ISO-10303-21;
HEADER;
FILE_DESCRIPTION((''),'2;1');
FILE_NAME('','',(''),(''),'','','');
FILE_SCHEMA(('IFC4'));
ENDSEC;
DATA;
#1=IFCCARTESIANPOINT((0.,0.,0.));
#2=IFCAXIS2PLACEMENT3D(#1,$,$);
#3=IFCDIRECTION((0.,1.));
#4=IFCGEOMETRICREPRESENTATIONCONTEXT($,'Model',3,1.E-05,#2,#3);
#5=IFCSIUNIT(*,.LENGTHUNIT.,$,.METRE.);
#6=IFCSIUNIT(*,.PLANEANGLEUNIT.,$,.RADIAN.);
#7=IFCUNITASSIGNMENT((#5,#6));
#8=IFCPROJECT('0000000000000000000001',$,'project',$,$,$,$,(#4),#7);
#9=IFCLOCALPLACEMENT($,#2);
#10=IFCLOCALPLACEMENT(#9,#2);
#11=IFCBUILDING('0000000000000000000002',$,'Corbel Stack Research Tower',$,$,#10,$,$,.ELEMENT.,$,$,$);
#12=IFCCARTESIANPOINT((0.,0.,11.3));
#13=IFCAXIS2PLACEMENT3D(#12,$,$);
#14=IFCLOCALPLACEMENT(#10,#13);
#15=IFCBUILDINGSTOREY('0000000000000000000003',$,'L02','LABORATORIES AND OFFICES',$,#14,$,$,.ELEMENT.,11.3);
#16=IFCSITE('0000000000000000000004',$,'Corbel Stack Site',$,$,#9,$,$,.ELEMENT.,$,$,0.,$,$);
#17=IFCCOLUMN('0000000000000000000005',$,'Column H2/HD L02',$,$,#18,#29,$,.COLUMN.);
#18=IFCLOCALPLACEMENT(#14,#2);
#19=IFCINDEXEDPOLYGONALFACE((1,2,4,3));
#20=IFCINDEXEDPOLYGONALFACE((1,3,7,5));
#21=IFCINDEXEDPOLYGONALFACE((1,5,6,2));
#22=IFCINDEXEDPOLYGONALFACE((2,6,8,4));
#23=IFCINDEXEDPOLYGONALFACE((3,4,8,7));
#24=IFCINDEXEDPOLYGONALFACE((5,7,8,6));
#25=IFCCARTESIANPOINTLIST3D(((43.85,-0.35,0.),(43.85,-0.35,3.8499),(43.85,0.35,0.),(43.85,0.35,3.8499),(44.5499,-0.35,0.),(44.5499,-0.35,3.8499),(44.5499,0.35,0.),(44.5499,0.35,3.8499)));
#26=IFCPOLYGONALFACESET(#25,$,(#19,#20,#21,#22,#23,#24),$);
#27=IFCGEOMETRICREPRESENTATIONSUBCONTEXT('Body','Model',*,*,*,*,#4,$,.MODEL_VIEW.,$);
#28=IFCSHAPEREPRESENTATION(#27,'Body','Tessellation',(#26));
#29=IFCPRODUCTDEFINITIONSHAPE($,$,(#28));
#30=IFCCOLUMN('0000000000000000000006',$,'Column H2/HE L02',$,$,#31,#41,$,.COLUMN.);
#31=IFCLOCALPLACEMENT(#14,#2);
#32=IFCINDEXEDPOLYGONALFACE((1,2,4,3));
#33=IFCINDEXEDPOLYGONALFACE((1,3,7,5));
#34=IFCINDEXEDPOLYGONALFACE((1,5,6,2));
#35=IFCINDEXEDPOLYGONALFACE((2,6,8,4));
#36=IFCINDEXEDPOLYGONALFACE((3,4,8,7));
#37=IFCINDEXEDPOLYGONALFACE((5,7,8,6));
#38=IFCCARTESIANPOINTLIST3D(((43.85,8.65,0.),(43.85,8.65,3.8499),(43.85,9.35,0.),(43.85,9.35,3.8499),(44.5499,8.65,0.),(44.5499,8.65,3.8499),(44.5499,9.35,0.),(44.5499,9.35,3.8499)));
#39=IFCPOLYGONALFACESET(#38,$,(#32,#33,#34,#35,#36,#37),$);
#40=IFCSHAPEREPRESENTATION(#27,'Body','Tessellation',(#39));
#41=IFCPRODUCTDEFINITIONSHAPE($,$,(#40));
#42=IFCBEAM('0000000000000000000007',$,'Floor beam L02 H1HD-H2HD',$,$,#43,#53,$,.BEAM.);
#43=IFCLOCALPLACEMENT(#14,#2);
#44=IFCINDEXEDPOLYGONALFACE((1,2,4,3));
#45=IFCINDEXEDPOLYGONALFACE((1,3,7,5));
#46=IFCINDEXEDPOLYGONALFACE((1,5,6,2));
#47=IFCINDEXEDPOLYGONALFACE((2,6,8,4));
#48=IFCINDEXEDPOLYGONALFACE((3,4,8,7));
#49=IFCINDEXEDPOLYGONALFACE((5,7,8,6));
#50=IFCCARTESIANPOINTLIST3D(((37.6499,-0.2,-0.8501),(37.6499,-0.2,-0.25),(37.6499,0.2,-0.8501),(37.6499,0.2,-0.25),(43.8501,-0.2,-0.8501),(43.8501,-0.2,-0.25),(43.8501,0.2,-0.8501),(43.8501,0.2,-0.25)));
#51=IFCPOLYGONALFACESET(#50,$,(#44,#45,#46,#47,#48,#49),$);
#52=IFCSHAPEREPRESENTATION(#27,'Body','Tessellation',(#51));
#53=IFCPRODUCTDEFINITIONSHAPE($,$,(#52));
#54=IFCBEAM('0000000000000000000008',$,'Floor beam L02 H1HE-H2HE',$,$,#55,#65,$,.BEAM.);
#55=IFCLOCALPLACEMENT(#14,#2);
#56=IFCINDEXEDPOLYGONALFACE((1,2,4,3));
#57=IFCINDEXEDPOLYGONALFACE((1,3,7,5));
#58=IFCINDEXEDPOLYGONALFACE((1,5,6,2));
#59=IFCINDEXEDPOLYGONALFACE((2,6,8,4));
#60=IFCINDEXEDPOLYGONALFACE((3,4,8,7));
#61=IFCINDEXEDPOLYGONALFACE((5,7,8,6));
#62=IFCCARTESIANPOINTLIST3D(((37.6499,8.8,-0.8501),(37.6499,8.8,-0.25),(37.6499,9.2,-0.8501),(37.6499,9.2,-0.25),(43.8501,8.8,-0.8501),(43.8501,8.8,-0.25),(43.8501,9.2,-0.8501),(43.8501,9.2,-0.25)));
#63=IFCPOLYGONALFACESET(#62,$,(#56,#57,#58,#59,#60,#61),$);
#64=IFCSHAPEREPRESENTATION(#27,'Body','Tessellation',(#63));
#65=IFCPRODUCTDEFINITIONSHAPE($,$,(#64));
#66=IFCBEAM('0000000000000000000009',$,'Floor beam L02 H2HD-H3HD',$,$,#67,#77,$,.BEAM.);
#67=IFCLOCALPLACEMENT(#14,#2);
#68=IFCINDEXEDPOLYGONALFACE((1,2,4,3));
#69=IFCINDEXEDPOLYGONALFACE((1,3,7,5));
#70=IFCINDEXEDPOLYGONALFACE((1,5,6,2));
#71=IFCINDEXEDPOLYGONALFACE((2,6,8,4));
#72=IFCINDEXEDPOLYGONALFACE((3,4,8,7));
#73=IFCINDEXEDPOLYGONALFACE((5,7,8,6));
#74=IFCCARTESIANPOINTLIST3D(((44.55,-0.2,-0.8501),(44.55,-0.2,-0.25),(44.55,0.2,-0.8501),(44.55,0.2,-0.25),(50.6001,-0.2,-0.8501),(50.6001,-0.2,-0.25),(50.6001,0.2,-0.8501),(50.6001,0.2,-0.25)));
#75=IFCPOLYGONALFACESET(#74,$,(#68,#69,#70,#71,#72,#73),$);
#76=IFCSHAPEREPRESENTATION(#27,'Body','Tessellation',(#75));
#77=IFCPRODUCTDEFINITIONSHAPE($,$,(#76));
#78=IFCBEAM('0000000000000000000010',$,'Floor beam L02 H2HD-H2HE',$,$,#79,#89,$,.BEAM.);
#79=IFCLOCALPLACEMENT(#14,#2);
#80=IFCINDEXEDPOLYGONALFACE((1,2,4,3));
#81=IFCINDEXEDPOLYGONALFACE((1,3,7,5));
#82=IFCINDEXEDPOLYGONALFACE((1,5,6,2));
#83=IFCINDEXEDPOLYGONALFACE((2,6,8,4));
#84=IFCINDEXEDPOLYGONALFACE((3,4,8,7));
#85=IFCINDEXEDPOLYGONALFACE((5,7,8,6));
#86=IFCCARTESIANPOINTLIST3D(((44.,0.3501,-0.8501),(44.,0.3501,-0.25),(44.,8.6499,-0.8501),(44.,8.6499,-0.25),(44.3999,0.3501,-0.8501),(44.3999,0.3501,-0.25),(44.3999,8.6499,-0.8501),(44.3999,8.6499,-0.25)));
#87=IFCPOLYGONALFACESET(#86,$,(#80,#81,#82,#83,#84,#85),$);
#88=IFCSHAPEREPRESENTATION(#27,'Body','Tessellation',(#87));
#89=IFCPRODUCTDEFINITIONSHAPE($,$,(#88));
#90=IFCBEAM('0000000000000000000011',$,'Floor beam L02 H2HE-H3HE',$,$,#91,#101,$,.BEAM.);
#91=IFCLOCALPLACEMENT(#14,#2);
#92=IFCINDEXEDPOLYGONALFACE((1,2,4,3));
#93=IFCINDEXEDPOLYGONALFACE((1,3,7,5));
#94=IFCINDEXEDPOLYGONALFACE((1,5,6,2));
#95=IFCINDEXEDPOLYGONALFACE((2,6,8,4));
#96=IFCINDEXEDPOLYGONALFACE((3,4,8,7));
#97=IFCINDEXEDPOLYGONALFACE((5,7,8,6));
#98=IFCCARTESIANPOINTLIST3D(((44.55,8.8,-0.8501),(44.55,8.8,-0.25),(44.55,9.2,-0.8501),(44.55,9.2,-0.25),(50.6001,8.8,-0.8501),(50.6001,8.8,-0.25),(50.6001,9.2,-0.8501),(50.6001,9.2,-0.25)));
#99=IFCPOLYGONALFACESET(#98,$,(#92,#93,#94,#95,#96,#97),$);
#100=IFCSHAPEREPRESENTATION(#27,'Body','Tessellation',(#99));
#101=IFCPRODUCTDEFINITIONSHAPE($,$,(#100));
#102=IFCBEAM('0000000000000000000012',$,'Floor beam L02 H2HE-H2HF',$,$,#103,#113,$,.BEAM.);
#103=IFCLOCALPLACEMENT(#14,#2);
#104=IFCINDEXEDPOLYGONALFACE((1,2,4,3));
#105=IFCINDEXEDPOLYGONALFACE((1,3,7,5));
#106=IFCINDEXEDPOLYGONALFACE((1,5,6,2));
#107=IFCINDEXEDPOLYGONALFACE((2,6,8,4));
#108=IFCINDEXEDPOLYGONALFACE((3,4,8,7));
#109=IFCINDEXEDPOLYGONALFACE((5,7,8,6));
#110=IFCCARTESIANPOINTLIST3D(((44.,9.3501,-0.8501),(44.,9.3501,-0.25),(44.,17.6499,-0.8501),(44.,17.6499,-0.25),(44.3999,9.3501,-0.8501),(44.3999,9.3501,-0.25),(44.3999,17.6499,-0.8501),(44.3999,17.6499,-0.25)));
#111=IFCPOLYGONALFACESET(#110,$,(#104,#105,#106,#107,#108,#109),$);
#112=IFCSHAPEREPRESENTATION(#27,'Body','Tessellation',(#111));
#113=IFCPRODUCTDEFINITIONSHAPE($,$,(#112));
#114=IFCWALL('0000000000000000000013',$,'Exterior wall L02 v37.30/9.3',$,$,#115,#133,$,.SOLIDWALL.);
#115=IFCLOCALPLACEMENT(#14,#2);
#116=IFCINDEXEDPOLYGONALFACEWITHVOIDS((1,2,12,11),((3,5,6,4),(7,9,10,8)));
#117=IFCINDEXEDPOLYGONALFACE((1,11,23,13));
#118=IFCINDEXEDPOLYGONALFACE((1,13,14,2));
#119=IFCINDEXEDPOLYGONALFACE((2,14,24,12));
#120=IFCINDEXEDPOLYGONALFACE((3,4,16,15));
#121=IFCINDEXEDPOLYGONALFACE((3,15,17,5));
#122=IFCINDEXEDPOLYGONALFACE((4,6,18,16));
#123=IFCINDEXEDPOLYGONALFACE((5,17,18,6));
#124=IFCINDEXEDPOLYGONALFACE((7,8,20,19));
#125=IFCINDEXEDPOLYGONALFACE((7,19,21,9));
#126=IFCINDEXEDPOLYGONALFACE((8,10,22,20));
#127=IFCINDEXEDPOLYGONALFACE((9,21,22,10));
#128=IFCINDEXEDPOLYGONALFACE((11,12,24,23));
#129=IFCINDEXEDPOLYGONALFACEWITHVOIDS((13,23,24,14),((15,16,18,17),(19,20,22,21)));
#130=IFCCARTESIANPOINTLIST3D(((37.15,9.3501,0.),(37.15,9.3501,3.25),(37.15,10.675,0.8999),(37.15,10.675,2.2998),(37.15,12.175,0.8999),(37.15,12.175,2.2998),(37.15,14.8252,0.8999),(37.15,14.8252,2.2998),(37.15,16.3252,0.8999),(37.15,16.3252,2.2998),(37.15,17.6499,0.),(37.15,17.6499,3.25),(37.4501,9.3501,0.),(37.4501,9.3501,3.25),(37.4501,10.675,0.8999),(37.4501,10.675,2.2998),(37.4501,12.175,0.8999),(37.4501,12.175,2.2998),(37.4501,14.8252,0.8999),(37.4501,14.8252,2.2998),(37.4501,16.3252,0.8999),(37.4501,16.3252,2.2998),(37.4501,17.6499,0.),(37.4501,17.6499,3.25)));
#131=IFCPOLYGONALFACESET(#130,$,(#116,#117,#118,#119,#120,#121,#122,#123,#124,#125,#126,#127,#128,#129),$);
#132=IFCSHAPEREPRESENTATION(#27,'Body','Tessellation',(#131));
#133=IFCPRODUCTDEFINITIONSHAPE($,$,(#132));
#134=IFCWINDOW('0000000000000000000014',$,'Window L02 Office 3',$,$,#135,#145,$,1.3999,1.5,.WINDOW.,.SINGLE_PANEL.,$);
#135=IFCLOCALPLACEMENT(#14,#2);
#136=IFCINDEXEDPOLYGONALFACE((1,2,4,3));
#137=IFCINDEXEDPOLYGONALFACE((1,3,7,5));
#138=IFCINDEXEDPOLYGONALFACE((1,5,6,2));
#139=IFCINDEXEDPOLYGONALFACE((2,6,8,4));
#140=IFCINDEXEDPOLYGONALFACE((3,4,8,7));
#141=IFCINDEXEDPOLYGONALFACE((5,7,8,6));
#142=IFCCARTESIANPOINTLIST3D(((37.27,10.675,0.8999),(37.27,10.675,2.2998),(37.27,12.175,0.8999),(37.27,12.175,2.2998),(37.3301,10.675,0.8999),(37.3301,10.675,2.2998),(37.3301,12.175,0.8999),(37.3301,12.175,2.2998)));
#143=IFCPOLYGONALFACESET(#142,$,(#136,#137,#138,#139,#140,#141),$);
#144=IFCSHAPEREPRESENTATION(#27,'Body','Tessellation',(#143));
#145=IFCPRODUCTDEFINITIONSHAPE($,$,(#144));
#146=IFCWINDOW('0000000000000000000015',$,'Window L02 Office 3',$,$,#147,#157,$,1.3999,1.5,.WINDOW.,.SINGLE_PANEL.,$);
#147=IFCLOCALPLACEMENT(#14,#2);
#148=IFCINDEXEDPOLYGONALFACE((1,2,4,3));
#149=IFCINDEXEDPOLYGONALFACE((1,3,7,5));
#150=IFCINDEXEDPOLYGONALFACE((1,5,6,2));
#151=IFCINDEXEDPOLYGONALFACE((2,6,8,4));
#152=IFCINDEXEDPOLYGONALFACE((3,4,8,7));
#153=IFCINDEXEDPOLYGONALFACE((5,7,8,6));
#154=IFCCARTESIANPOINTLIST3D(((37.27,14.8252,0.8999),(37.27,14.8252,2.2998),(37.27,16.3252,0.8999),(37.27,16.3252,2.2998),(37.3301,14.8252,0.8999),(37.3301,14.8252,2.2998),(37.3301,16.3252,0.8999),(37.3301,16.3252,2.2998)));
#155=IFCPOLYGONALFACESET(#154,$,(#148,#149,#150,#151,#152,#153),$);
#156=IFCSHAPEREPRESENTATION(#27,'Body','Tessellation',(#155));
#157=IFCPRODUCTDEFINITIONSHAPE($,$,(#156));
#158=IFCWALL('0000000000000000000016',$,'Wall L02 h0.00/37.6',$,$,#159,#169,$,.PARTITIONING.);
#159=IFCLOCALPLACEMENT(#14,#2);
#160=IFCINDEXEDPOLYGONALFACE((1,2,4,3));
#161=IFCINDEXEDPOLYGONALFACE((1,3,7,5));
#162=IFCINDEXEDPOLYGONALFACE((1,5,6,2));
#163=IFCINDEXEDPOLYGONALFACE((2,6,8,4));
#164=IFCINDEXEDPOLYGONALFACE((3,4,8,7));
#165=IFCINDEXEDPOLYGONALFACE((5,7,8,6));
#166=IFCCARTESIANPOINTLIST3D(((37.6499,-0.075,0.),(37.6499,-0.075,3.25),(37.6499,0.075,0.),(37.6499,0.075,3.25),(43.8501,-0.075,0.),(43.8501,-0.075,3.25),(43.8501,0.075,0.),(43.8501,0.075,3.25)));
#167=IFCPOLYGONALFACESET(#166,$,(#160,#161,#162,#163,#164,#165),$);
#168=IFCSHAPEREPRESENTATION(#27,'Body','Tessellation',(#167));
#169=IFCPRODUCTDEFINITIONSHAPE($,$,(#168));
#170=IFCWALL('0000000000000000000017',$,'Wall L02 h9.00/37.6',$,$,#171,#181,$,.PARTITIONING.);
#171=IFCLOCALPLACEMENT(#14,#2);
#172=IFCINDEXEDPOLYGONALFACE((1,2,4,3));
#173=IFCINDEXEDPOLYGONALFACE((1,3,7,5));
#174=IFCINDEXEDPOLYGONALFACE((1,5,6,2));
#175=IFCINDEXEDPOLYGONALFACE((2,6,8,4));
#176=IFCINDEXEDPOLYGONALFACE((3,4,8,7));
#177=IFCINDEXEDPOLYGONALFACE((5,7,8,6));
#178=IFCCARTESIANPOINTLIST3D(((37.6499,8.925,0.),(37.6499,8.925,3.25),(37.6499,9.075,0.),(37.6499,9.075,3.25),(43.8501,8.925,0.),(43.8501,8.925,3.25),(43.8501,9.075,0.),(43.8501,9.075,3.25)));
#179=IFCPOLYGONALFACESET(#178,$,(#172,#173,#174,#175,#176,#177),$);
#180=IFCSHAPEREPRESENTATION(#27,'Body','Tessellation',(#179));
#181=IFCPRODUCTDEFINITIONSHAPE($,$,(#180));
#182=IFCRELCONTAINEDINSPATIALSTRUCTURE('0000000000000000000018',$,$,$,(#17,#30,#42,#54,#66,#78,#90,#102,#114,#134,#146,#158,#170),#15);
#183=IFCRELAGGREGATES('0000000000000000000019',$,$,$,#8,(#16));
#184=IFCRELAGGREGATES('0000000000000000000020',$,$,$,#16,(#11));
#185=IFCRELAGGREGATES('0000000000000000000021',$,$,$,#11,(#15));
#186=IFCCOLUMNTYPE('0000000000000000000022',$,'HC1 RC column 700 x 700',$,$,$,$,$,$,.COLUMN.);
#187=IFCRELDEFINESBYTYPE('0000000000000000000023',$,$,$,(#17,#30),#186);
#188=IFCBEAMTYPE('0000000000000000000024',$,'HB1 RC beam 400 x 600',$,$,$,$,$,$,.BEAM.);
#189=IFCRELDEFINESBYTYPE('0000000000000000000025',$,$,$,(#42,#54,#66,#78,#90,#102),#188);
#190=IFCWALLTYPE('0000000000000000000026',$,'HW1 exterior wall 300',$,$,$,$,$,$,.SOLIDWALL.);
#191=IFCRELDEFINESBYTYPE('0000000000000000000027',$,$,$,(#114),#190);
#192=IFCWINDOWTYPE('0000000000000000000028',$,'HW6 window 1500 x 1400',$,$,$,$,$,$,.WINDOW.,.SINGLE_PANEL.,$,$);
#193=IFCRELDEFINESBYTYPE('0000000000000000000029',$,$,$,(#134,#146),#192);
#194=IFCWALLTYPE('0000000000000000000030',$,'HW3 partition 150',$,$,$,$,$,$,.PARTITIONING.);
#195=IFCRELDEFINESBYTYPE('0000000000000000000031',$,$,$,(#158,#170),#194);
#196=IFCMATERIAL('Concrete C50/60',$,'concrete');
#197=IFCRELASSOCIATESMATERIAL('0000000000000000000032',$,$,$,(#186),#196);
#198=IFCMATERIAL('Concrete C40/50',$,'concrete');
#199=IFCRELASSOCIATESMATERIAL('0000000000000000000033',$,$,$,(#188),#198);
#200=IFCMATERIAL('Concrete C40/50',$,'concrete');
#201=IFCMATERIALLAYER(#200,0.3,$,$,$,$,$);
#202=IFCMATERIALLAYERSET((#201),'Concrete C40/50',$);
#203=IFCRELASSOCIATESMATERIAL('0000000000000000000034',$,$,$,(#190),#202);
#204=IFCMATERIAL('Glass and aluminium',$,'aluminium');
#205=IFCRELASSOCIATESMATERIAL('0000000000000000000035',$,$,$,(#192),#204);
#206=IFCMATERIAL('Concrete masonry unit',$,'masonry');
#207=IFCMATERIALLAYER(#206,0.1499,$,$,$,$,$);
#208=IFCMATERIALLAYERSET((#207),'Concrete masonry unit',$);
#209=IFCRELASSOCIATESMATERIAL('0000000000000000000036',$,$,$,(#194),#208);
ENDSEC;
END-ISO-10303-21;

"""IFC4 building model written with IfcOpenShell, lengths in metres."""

from ifc_helpers import new_model, si_unit, direction, frame, frame_2d, origin, origin_2d, place, context, subcontext, project, spatial, rectangle, extrude, material, layer, layer_set, material_profile, profile_set, type_object, element, fill, save


model = new_model("IFC4")

# Units and contexts
model_context = context("Model", 3, precision=1e-05, world=origin(), true_north=direction((0.0, 1.0)))
body_context = subcontext(model_context, "Body", "Model", "MODEL_VIEW")
ifc_project = project(units=[si_unit("LENGTHUNIT", "METRE"), si_unit("PLANEANGLEUNIT", "RADIAN")], contexts=[model_context])

# Site, building, storey
site_placement = place(None, origin())
site = spatial("IfcSite", under=ifc_project, at=site_placement, Name="Corbel Stack Site", CompositionType="ELEMENT", RefElevation=0.0)
building_placement = place(site_placement, origin())
building = spatial("IfcBuilding", under=site, at=building_placement, Name="Corbel Stack Research Tower", CompositionType="ELEMENT")
storey_placement = place(building_placement, frame((0.0, 0.0, 11.3)))
storey = spatial("IfcBuildingStorey", under=building, at=storey_placement, Name="L02", Description="LABORATORIES AND OFFICES", CompositionType="ELEMENT", Elevation=11.3)

# Columns
ifc_material_1 = material(Name="Concrete C50/60", Category="concrete")
ifc_material_profile_1 = material_profile(ifc_material_1, rectangle(XDim=0.7, YDim=0.7, at=origin_2d()), Name="RC 700 x 700")
ifc_profile_set_1 = profile_set([ifc_material_profile_1], Name="Concrete C50/60")
column_type = type_object("IfcColumnType", Name="HC1 RC column 700 x 700", PredefinedType="COLUMN", material=ifc_profile_set_1)
for number, where, z_axis, x_axis, name in (
    (1, (44.2, 0.0, 0.0), (0.0, 0.0, 1.0), (1.0, 0.0, 0.0), "Column H2/HD L02"),
    (2, (44.2, 9.0, 0.0), (0.0, 0.0, 1.0), (1.0, 0.0, 0.0), "Column H2/HE L02"),
):
    element("IfcColumn", number, at=place(storey_placement, frame(where, z_axis=z_axis, x_axis=x_axis)), inside=storey, type_object=column_type, Name=name, PredefinedType="COLUMN", context=body_context, shape_type="SweptSolid", body=[
        extrude(rectangle(XDim=0.7, YDim=0.7, at=origin_2d()), origin(), (0.0, 0.0, 1.0), 3.8499),
    ])

# Beams
ifc_material_2 = material(Name="Concrete C40/50", Category="concrete")
ifc_material_profile_2 = material_profile(ifc_material_2, rectangle(XDim=0.3999, YDim=0.6001, at=origin_2d()), Name="RC 400 x 600")
ifc_profile_set_2 = profile_set([ifc_material_profile_2], Name="Concrete C40/50")
beam_type = type_object("IfcBeamType", Name="HB1 RC beam 400 x 600", PredefinedType="BEAM", material=ifc_profile_set_2)
for number, where, z_axis, x_axis, name in (
    (3, (37.6499, 0.0, -0.55), (1.0, 0.0, 0.0), (0.0, 1.0, 0.0), "Floor beam L02 H1HD-H2HD"),
    (4, (37.6499, 9.0, -0.55), (1.0, 0.0, 0.0), (0.0, 1.0, 0.0), "Floor beam L02 H1HE-H2HE"),
):
    element("IfcBeam", number, at=place(storey_placement, frame(where, z_axis=z_axis, x_axis=x_axis)), inside=storey, type_object=beam_type, Name=name, PredefinedType="BEAM", context=body_context, shape_type="SweptSolid", body=[
        extrude(rectangle(XDim=0.3999, YDim=0.6001, at=origin_2d()), origin(), (0.0, 0.0, 1.0), 6.2002),
    ])
beam_1_placement = place(storey_placement, frame((44.55, 0.0, -0.55), z_axis=(1.0, 0.0, 0.0), x_axis=(0.0, 1.0, 0.0)))
element("IfcBeam", 5, at=beam_1_placement, inside=storey, type_object=beam_type, Name="Floor beam L02 H2HD-H3HD", PredefinedType="BEAM", context=body_context, shape_type="SweptSolid", body=[
    extrude(rectangle(XDim=0.3999, YDim=0.6001, at=origin_2d()), origin(), (0.0, 0.0, 1.0), 6.05),
])
beam_2_placement = place(storey_placement, frame((44.2, 0.3501, -0.55), z_axis=(0.0, 1.0, 0.0), x_axis=(-1.0, 0.0, 0.0)))
element("IfcBeam", 6, at=beam_2_placement, inside=storey, type_object=beam_type, Name="Floor beam L02 H2HD-H2HE", PredefinedType="BEAM", context=body_context, shape_type="SweptSolid", body=[
    extrude(rectangle(XDim=0.3999, YDim=0.6001, at=origin_2d()), origin(), (0.0, 0.0, 1.0), 8.2998),
])
beam_3_placement = place(storey_placement, frame((44.55, 9.0, -0.55), z_axis=(1.0, 0.0, 0.0), x_axis=(0.0, 1.0, 0.0)))
element("IfcBeam", 7, at=beam_3_placement, inside=storey, type_object=beam_type, Name="Floor beam L02 H2HE-H3HE", PredefinedType="BEAM", context=body_context, shape_type="SweptSolid", body=[
    extrude(rectangle(XDim=0.3999, YDim=0.6001, at=origin_2d()), origin(), (0.0, 0.0, 1.0), 6.05),
])
beam_4_placement = place(storey_placement, frame((44.2, 9.3501, -0.55), z_axis=(0.0, 1.0, 0.0), x_axis=(-1.0, 0.0, 0.0)))
element("IfcBeam", 8, at=beam_4_placement, inside=storey, type_object=beam_type, Name="Floor beam L02 H2HE-H2HF", PredefinedType="BEAM", context=body_context, shape_type="SweptSolid", body=[
    extrude(rectangle(XDim=0.3999, YDim=0.6001, at=origin_2d()), origin(), (0.0, 0.0, 1.0), 8.2998),
])

# Wall, openings, windows
ifc_material_3 = material(Name="Concrete C40/50", Category="concrete")
ifc_layer_1 = layer(ifc_material_3, 0.3)
ifc_layer_set_1 = layer_set([ifc_layer_1], Name="Concrete C40/50")
wall_type_1 = type_object("IfcWallType", Name="HW1 exterior wall 300", PredefinedType="SOLIDWALL", material=ifc_layer_set_1)
wall_1_placement = place(storey_placement, frame((37.3, 9.3501, 0.0), z_axis=(0.0, 0.0, 1.0), x_axis=(0.0, 1.0, 0.0)))
wall_1 = element("IfcWall", 9, at=wall_1_placement, inside=storey, type_object=wall_type_1, Name="Exterior wall L02 v37.30/9.3", PredefinedType="SOLIDWALL", context=body_context, shape_type="SweptSolid", body=[
    extrude(rectangle(XDim=8.2998, YDim=0.3, at=frame_2d((4.1499, 0.0))), origin(), (0.0, 0.0, 1.0), 3.25),
])
opening_1_placement = place(wall_1_placement, frame((1.325, 0.0, 0.8999)))
opening_1 = element("IfcOpeningElement", 10, at=opening_1_placement, cuts=wall_1, PredefinedType="OPENING", context=body_context, shape_type="SweptSolid", body=[
    extrude(rectangle(XDim=1.5, YDim=1.3999, at=frame_2d((0.75, 0.7))), frame((0.0, 0.1599, 0.0), z_axis=(0.0, -1.0, 0.0), x_axis=(1.0, 0.0, 0.0)), (0.0, 0.0, 1.0), 0.3201),
])
opening_2_placement = place(wall_1_placement, frame((5.4751, 0.0, 0.8999)))
opening_2 = element("IfcOpeningElement", 11, at=opening_2_placement, cuts=wall_1, PredefinedType="OPENING", context=body_context, shape_type="SweptSolid", body=[
    extrude(rectangle(XDim=1.5, YDim=1.3999, at=frame_2d((0.75, 0.7))), frame((0.0, 0.1599, 0.0), z_axis=(0.0, -1.0, 0.0), x_axis=(1.0, 0.0, 0.0)), (0.0, 0.0, 1.0), 0.3201),
])
ifc_material_4 = material(Name="Glass and aluminium", Category="aluminium")
window_type = type_object("IfcWindowType", Name="HW6 window 1500 x 1400", PartitioningType="SINGLE_PANEL", PredefinedType="WINDOW", material=ifc_material_4)
window_1_placement = place(opening_1_placement, origin())
window_1 = element("IfcWindow", 12, at=window_1_placement, inside=storey, type_object=window_type, Name="Window L02 Office 3", OverallHeight=1.3999, OverallWidth=1.5, PartitioningType="SINGLE_PANEL", PredefinedType="WINDOW", context=body_context, shape_type="SweptSolid", body=[
    extrude(rectangle(XDim=1.5, YDim=1.3999, at=frame_2d((0.75, 0.7))), frame((0.0, 0.03, 0.0), z_axis=(0.0, -1.0, 0.0), x_axis=(1.0, 0.0, 0.0)), (0.0, 0.0, 1.0), 0.0601),
])
fill(opening_1, window_1)
window_2_placement = place(opening_2_placement, origin())
window_2 = element("IfcWindow", 13, at=window_2_placement, inside=storey, type_object=window_type, Name="Window L02 Office 3", OverallHeight=1.3999, OverallWidth=1.5, PartitioningType="SINGLE_PANEL", PredefinedType="WINDOW", context=body_context, shape_type="SweptSolid", body=[
    extrude(rectangle(XDim=1.5, YDim=1.3999, at=frame_2d((0.75, 0.7))), frame((0.0, 0.03, 0.0), z_axis=(0.0, -1.0, 0.0), x_axis=(1.0, 0.0, 0.0)), (0.0, 0.0, 1.0), 0.0601),
])
fill(opening_2, window_2)

# Walls
ifc_material_5 = material(Name="Concrete masonry unit", Category="masonry")
ifc_layer_2 = layer(ifc_material_5, 0.1499)
ifc_layer_set_2 = layer_set([ifc_layer_2], Name="Concrete masonry unit")
wall_type_2 = type_object("IfcWallType", Name="HW3 partition 150", PredefinedType="PARTITIONING", material=ifc_layer_set_2)
for number, where, z_axis, x_axis, name in (
    (14, (37.6499, 0.0, 0.0), (0.0, 0.0, 1.0), (1.0, 0.0, 0.0), "Wall L02 h0.00/37.6"),
    (15, (37.6499, 9.0, 0.0), (0.0, 0.0, 1.0), (1.0, 0.0, 0.0), "Wall L02 h9.00/37.6"),
):
    element("IfcWall", number, at=place(storey_placement, frame(where, z_axis=z_axis, x_axis=x_axis)), inside=storey, type_object=wall_type_2, Name=name, PredefinedType="PARTITIONING", context=body_context, shape_type="SweptSolid", body=[
        extrude(rectangle(XDim=6.2002, YDim=0.1499, at=frame_2d((3.1001, 0.0))), origin(), (0.0, 0.0, 1.0), 3.25),
    ])

save(model, "model.ifc")
